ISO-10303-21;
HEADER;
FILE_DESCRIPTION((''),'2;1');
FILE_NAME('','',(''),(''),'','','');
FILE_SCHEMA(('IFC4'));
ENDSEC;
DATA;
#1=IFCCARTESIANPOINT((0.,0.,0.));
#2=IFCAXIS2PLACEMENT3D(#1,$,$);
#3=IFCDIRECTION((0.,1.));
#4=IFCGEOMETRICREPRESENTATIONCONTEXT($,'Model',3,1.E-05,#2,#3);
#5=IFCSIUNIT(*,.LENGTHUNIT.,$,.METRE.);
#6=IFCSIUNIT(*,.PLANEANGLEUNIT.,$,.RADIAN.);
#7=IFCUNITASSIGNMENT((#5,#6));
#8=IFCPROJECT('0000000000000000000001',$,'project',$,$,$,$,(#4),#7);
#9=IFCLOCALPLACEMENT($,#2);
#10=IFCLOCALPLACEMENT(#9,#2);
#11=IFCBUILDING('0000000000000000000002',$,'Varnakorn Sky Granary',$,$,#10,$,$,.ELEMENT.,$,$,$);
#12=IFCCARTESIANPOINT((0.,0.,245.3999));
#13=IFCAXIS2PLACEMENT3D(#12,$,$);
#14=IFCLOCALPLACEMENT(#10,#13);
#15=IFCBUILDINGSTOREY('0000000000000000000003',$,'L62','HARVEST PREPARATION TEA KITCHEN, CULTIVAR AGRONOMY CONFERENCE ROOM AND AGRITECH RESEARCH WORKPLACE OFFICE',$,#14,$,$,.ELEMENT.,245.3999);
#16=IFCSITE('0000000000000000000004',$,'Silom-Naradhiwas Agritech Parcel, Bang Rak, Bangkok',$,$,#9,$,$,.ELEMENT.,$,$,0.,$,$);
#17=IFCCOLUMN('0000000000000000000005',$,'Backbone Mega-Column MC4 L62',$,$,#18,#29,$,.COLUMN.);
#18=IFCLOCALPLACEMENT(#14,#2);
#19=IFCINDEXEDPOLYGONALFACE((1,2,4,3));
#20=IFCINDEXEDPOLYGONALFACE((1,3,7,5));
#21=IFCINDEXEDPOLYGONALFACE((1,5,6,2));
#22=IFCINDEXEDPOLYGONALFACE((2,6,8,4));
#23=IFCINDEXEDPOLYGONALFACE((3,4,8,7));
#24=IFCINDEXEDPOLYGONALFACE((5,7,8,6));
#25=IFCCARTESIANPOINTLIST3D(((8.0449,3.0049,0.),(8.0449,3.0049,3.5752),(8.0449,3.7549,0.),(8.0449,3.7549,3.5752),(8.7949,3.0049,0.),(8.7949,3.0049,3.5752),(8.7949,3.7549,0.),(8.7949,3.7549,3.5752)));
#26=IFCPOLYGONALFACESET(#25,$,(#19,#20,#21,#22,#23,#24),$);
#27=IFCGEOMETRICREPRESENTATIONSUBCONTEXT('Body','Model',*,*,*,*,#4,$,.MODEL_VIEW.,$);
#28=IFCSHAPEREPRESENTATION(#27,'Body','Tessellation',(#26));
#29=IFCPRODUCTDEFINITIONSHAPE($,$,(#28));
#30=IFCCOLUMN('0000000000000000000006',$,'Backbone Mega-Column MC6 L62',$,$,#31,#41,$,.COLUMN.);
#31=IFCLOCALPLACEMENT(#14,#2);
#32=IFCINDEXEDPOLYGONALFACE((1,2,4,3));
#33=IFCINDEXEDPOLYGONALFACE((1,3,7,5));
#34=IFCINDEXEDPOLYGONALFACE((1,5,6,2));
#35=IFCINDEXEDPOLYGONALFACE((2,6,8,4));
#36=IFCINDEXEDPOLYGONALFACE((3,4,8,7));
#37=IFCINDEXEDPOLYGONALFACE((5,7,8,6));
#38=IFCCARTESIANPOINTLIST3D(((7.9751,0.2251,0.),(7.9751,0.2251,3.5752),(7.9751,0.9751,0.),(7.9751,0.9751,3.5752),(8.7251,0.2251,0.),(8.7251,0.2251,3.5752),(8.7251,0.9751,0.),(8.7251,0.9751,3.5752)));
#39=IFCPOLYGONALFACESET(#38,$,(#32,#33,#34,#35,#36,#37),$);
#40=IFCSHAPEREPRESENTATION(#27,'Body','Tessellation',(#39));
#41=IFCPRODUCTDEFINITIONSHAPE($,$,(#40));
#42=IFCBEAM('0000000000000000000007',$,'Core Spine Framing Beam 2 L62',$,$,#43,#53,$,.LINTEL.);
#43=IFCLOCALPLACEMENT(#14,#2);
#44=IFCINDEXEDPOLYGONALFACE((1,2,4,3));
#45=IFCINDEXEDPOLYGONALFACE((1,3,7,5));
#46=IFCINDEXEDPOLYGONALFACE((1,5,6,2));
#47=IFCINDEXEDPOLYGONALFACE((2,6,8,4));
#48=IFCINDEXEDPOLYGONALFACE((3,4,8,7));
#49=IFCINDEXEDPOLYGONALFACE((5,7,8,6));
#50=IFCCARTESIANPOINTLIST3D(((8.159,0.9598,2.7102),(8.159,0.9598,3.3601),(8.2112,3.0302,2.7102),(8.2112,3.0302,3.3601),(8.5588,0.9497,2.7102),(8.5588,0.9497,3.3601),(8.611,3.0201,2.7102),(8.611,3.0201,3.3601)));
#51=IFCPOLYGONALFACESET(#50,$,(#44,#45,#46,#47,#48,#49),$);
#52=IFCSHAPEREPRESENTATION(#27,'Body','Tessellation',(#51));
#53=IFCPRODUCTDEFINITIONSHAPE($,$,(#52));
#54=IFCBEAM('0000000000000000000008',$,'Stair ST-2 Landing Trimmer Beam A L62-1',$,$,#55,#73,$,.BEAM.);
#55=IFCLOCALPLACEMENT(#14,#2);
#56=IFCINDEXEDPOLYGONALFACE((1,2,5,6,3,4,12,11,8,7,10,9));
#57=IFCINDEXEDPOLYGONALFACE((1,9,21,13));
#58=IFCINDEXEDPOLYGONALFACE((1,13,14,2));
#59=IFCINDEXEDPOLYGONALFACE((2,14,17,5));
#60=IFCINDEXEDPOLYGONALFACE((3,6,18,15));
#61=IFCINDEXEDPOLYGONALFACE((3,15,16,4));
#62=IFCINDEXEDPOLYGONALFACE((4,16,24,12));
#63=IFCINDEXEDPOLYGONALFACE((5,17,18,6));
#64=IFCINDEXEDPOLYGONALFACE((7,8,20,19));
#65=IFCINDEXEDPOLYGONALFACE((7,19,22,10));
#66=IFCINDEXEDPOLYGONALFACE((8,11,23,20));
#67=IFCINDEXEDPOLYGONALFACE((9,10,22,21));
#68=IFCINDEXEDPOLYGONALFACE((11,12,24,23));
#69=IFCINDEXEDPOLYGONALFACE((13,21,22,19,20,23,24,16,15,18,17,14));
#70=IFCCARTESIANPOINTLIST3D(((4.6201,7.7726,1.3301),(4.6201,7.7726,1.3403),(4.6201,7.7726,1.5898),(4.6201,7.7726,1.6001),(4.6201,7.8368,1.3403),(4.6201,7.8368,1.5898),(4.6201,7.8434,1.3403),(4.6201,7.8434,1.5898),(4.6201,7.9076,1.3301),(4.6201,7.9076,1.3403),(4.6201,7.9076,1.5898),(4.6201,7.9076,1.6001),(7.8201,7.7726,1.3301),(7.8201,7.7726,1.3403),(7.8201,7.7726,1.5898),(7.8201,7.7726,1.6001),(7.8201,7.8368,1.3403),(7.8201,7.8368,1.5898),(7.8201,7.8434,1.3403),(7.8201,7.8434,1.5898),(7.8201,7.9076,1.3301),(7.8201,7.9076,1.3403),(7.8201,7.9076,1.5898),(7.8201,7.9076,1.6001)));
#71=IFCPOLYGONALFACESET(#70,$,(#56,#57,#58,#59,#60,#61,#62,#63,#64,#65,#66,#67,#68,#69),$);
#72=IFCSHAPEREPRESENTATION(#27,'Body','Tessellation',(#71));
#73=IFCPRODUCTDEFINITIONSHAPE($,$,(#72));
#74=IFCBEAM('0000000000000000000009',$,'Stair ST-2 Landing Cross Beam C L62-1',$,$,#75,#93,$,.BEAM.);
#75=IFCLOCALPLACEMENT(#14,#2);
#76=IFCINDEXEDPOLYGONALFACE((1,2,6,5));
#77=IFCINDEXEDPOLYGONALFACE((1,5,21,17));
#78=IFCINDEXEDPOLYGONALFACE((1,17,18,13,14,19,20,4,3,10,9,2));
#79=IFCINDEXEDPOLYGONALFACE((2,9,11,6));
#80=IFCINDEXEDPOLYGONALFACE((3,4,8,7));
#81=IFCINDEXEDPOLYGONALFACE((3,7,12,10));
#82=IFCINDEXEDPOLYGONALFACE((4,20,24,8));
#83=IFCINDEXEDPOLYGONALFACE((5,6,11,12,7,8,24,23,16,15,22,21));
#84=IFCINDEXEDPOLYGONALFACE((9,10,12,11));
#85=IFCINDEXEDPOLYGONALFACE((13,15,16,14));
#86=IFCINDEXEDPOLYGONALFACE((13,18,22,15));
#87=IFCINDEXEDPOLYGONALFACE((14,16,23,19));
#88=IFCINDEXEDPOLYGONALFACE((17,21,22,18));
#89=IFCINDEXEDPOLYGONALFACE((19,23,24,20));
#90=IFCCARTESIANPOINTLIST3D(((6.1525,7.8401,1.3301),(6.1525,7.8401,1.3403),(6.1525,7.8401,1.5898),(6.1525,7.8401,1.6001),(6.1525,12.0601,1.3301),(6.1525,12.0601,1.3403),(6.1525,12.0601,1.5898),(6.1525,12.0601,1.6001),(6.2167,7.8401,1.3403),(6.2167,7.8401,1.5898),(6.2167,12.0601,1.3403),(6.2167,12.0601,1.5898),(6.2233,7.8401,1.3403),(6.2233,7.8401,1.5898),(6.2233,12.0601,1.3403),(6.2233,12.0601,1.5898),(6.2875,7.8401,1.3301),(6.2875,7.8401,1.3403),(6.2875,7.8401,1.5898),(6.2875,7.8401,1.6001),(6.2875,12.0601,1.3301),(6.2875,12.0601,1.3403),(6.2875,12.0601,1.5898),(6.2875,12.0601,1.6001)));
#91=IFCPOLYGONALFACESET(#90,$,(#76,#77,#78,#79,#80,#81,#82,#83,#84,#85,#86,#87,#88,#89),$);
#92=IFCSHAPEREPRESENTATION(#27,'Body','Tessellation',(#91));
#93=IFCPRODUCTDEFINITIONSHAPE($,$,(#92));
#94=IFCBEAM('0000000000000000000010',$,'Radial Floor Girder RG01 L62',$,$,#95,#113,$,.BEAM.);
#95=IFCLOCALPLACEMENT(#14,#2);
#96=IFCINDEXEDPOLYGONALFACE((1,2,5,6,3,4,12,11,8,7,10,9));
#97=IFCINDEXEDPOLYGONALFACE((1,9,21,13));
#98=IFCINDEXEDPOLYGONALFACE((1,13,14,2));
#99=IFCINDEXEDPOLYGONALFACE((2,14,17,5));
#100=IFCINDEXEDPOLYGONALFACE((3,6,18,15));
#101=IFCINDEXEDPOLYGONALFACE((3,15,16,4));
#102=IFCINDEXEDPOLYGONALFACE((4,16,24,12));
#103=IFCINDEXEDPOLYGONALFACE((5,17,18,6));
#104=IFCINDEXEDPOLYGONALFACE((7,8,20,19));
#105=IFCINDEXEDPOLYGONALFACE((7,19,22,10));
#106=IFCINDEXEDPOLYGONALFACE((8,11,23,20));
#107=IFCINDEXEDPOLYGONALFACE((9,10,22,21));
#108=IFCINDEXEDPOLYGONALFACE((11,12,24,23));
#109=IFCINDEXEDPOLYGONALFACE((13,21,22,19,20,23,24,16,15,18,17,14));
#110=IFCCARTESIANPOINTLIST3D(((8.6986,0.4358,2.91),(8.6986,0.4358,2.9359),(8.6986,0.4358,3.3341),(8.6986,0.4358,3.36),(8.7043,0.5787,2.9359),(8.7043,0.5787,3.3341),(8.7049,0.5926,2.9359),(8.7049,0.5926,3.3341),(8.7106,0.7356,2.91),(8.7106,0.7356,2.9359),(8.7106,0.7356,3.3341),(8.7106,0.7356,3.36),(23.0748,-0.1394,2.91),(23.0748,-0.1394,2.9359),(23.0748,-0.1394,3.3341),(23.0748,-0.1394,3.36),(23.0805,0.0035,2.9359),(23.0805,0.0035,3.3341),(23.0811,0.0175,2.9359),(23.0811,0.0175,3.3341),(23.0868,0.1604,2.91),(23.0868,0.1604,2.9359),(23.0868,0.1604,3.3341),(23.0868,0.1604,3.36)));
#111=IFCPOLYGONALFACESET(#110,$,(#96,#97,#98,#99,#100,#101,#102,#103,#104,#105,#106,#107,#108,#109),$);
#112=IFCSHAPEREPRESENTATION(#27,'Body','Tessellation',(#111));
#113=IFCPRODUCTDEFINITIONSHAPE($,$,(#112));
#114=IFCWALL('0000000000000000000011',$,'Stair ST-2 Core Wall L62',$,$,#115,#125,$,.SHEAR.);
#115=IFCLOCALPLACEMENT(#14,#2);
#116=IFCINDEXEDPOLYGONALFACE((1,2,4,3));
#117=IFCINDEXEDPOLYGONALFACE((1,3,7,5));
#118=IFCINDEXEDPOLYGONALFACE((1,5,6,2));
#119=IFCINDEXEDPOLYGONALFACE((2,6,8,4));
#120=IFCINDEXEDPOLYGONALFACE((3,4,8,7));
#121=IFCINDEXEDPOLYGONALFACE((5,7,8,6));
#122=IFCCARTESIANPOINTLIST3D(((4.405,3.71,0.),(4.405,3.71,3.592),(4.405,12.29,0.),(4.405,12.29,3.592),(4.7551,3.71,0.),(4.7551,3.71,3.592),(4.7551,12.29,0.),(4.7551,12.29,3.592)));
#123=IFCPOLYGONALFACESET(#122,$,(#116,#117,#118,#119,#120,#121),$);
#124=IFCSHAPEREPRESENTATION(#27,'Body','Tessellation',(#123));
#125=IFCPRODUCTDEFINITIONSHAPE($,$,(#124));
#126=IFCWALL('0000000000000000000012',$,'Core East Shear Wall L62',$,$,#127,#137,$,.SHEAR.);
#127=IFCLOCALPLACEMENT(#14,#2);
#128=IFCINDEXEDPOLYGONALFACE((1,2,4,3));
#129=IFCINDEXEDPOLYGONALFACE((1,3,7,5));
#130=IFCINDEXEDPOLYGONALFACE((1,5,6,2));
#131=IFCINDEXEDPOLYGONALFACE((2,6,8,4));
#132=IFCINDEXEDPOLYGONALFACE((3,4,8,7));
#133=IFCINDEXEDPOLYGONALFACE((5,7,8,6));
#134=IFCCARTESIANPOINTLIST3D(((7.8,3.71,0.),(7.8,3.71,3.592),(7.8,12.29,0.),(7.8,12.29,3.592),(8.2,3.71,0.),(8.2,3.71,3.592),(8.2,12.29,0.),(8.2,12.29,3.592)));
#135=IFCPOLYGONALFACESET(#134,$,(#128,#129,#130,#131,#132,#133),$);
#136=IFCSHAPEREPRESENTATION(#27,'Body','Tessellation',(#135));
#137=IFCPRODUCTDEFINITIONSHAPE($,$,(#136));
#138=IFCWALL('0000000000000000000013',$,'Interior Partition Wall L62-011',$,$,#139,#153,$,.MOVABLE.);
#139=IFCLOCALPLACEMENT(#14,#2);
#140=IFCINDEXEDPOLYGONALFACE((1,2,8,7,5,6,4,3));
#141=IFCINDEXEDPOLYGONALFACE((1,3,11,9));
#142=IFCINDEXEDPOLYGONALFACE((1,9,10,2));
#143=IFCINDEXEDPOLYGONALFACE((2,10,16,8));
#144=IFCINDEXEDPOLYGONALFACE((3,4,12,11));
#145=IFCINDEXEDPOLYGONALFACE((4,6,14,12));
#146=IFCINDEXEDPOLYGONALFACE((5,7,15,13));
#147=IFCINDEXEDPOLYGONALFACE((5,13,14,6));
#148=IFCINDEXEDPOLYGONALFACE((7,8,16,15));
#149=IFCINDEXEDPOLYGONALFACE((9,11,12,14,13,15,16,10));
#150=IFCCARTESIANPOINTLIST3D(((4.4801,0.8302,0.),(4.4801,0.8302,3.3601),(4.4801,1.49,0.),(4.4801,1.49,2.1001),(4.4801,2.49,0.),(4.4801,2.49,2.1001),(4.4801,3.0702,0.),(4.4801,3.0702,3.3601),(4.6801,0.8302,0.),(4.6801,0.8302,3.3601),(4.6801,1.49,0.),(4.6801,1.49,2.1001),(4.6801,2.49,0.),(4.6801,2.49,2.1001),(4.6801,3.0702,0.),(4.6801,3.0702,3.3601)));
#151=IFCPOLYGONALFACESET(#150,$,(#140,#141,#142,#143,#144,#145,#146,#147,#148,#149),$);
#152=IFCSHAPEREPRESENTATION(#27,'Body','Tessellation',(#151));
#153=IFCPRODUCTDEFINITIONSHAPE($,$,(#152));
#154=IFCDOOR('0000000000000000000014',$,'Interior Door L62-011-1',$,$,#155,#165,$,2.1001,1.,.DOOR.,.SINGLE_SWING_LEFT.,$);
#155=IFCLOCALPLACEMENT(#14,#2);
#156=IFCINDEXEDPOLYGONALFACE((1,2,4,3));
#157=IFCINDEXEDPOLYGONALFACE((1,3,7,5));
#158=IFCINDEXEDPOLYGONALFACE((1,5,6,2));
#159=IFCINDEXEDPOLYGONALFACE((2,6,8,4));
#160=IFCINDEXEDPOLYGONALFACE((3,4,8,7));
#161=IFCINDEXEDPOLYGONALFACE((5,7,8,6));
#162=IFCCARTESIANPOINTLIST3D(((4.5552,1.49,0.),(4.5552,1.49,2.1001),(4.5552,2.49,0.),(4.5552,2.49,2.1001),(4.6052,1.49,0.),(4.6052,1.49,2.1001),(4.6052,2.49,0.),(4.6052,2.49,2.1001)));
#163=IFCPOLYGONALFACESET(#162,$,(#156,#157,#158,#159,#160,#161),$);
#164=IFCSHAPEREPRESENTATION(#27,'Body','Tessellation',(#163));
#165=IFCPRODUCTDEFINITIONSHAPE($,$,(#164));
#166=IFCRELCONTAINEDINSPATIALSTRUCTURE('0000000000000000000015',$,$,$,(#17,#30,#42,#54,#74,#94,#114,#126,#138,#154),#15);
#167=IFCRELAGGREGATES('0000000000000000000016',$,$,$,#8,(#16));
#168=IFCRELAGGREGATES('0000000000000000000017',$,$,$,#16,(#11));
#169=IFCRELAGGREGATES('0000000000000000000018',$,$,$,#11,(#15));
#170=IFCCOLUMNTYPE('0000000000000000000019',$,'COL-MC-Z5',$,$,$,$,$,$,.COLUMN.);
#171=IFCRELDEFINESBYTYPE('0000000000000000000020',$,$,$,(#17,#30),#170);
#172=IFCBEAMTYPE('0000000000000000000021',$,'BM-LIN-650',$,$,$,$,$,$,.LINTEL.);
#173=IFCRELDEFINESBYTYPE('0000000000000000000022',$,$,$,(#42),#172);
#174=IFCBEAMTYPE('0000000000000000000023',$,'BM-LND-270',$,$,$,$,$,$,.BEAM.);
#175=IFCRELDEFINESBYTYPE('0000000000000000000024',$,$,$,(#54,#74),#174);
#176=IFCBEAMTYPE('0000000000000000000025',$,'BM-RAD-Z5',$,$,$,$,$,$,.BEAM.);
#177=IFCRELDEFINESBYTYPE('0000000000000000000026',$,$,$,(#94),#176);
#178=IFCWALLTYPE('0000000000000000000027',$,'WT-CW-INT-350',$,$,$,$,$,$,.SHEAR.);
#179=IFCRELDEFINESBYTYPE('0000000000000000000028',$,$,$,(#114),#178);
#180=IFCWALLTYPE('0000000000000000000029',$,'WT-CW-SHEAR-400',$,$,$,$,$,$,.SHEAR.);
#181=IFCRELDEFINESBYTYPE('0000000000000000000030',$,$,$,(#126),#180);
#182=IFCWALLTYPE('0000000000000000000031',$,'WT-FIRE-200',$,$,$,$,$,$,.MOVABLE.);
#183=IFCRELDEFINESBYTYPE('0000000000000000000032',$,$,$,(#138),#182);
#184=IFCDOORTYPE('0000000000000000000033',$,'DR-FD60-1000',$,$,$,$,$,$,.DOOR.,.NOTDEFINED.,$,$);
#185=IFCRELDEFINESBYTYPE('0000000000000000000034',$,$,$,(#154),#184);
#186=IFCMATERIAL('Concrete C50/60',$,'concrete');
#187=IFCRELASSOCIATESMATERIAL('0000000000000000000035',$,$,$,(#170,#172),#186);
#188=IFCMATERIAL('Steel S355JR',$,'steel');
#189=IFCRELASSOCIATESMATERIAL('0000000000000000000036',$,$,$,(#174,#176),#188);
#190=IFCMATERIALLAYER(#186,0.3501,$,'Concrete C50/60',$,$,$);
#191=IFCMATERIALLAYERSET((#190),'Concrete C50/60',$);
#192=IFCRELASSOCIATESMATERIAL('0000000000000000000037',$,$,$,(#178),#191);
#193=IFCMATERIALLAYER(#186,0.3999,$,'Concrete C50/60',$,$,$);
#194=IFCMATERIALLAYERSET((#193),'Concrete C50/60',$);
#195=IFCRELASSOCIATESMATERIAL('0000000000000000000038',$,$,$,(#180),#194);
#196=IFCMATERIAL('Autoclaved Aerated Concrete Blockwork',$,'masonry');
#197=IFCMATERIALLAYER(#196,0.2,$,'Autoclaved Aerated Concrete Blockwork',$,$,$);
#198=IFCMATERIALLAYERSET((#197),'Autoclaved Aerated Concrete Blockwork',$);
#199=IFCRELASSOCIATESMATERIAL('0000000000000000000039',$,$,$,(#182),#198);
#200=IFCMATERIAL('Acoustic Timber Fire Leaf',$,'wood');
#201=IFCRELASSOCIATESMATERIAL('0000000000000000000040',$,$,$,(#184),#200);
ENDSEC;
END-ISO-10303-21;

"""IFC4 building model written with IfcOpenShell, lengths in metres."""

from ifc_helpers import new_model, si_unit, direction, frame, frame_2d, origin, origin_2d, place, context, subcontext, project, spatial, rectangle, i_section, extrude, material, layer, layer_set, material_profile, profile_set, type_object, element, fill, save


model = new_model("IFC4")

# Units and contexts
model_context = context("Model", 3, precision=1e-05, world=origin(), true_north=direction((0.0, 1.0)))
body_context = subcontext(model_context, "Body", "Model", "MODEL_VIEW")
ifc_project = project(units=[si_unit("LENGTHUNIT", "METRE"), si_unit("PLANEANGLEUNIT", "RADIAN")], contexts=[model_context])

# Site, building, storey
site_placement = place(None, origin())
site = spatial("IfcSite", under=ifc_project, at=site_placement, Name="Silom-Naradhiwas Agritech Parcel, Bang Rak, Bangkok", CompositionType="ELEMENT", RefElevation=0.0)
building_placement = place(site_placement, origin())
building = spatial("IfcBuilding", under=site, at=building_placement, Name="Varnakorn Sky Granary", CompositionType="ELEMENT")
storey_placement = place(building_placement, frame((0.0, 0.0, 245.3999)))
storey = spatial("IfcBuildingStorey", under=building, at=storey_placement, Name="L62", Description="HARVEST PREPARATION TEA KITCHEN, CULTIVAR AGRONOMY CONFERENCE ROOM AND AGRITECH RESEARCH WORKPLACE OFFICE", CompositionType="ELEMENT", Elevation=245.3999)

# Columns
ifc_material_1 = material(Name="Concrete C50/60", Category="concrete")
ifc_material_profile_1 = material_profile(ifc_material_1, rectangle(XDim=0.75, YDim=0.75, at=origin_2d()), Name="RC 750x750")
ifc_profile_set_1 = profile_set([ifc_material_profile_1], Name="Concrete C50/60")
column_type = type_object("IfcColumnType", Name="COL-MC-Z5", PredefinedType="COLUMN", material=ifc_profile_set_1)
for number, where, z_axis, x_axis, name in (
    (1, (8.4199, 3.3799, 0.0), (0.0, 0.0, 1.0), (1.0, 0.0, 0.0), "Backbone Mega-Column MC4 L62"),
    (2, (8.3501, 0.6001, 0.0), (0.0, 0.0, 1.0), (1.0, 0.0, 0.0), "Backbone Mega-Column MC6 L62"),
):
    element("IfcColumn", number, at=place(storey_placement, frame(where, z_axis=z_axis, x_axis=x_axis)), inside=storey, type_object=column_type, Name=name, PredefinedType="COLUMN", context=body_context, shape_type="SweptSolid", body=[
        extrude(rectangle(XDim=0.75, YDim=0.75, at=origin_2d()), origin(), (0.0, 0.0, 1.0), 3.5752),
    ])

# Beams
ifc_material_profile_2 = material_profile(ifc_material_1, rectangle(XDim=0.3999, YDim=0.6499, at=origin_2d()), Name="RC 400x650")
ifc_profile_set_2 = profile_set([ifc_material_profile_2], Name="Concrete C50/60")
beam_type_1 = type_object("IfcBeamType", Name="BM-LIN-650", PredefinedType="LINTEL", material=ifc_profile_set_2)
beam_1_placement = place(storey_placement, frame((8.4111, 3.0251, 3.0352), z_axis=(-0.025228, -0.999682, 0.0), x_axis=(0.999682, -0.025228, 0.0)))
element("IfcBeam", 3, at=beam_1_placement, inside=storey, type_object=beam_type_1, Name="Core Spine Framing Beam 2 L62", PredefinedType="LINTEL", context=body_context, shape_type="SweptSolid", body=[
    extrude(rectangle(XDim=0.3999, YDim=0.6499, at=origin_2d()), origin(), (0.0, 0.0, 1.0), 2.071),
])
ifc_material_2 = material(Name="Steel S355JR", Category="steel")
ifc_material_profile_3 = material_profile(ifc_material_2, i_section(OverallWidth=0.135, OverallDepth=0.27, WebThickness=0.0066, FlangeThickness=0.0103, at=origin_2d()), Name="IPE 270")
ifc_profile_set_3 = profile_set([ifc_material_profile_3], Name="Steel S355JR")
beam_type_2 = type_object("IfcBeamType", Name="BM-LND-270", PredefinedType="BEAM", material=ifc_profile_set_3)
beam_2_placement = place(storey_placement, frame((4.6201, 7.8401, 1.4651), z_axis=(1.0, 0.0, 0.0), x_axis=(0.0, 1.0, 0.0)))
element("IfcBeam", 4, at=beam_2_placement, inside=storey, type_object=beam_type_2, Name="Stair ST-2 Landing Trimmer Beam A L62-1", PredefinedType="BEAM", context=body_context, shape_type="SweptSolid", body=[
    extrude(i_section(OverallWidth=0.135, OverallDepth=0.27, WebThickness=0.0066, FlangeThickness=0.0103, at=origin_2d()), origin(), (0.0, 0.0, 1.0), 3.2),
])
beam_3_placement = place(storey_placement, frame((6.22, 7.8401, 1.4651), z_axis=(0.0, 1.0, 0.0), x_axis=(-1.0, 0.0, 0.0)))
element("IfcBeam", 5, at=beam_3_placement, inside=storey, type_object=beam_type_2, Name="Stair ST-2 Landing Cross Beam C L62-1", PredefinedType="BEAM", context=body_context, shape_type="SweptSolid", body=[
    extrude(i_section(OverallWidth=0.135, OverallDepth=0.27, WebThickness=0.0066, FlangeThickness=0.0103, at=origin_2d()), origin(), (0.0, 0.0, 1.0), 4.22),
])
ifc_material_profile_4 = material_profile(ifc_material_2, i_section(OverallWidth=0.3, OverallDepth=0.45, WebThickness=0.0139, FlangeThickness=0.0259, at=origin_2d()), Name="HE 450 B")
ifc_profile_set_4 = profile_set([ifc_material_profile_4], Name="Steel S355JR")
beam_type_3 = type_object("IfcBeamType", Name="BM-RAD-Z5", PredefinedType="BEAM", material=ifc_profile_set_4)
beam_4_placement = place(storey_placement, frame((8.7046, 0.5857, 3.135), z_axis=(0.999201, -0.039978, 0.0), x_axis=(0.039978, 0.999201, 0.0)))
element("IfcBeam", 6, at=beam_4_placement, inside=storey, type_object=beam_type_3, Name="Radial Floor Girder RG01 L62", PredefinedType="BEAM", context=body_context, shape_type="SweptSolid", body=[
    extrude(i_section(OverallWidth=0.3, OverallDepth=0.45, WebThickness=0.0139, FlangeThickness=0.0259, at=origin_2d()), origin(), (0.0, 0.0, 1.0), 14.3877),
])

# Walls
ifc_layer_1 = layer(ifc_material_1, 0.3501, Name="Concrete C50/60")
ifc_layer_set_1 = layer_set([ifc_layer_1], Name="Concrete C50/60")
wall_type_1 = type_object("IfcWallType", Name="WT-CW-INT-350", PredefinedType="SHEAR", material=ifc_layer_set_1)
wall_1_placement = place(storey_placement, frame((4.5801, 3.71, 0.0), z_axis=(0.0, 0.0, 1.0), x_axis=(0.0, 1.0, 0.0)))
element("IfcWall", 7, at=wall_1_placement, inside=storey, type_object=wall_type_1, Name="Stair ST-2 Core Wall L62", PredefinedType="SHEAR", context=body_context, shape_type="SweptSolid", body=[
    extrude(rectangle(XDim=8.5801, YDim=0.3501, at=frame_2d((4.29, 0.0))), origin(), (0.0, 0.0, 1.0), 3.592),
])
ifc_layer_2 = layer(ifc_material_1, 0.3999, Name="Concrete C50/60")
ifc_layer_set_2 = layer_set([ifc_layer_2], Name="Concrete C50/60")
wall_type_2 = type_object("IfcWallType", Name="WT-CW-SHEAR-400", PredefinedType="SHEAR", material=ifc_layer_set_2)
wall_2_placement = place(storey_placement, frame((8.0, 3.71, 0.0), z_axis=(0.0, 0.0, 1.0), x_axis=(0.0, 1.0, 0.0)))
element("IfcWall", 8, at=wall_2_placement, inside=storey, type_object=wall_type_2, Name="Core East Shear Wall L62", PredefinedType="SHEAR", context=body_context, shape_type="SweptSolid", body=[
    extrude(rectangle(XDim=8.5801, YDim=0.3999, at=frame_2d((4.29, 0.0))), origin(), (0.0, 0.0, 1.0), 3.592),
])

# Wall, opening, door
ifc_material_3 = material(Name="Autoclaved Aerated Concrete Blockwork", Category="masonry")
ifc_layer_3 = layer(ifc_material_3, 0.2, Name="Autoclaved Aerated Concrete Blockwork")
ifc_layer_set_3 = layer_set([ifc_layer_3], Name="Autoclaved Aerated Concrete Blockwork")
wall_type_3 = type_object("IfcWallType", Name="WT-FIRE-200", PredefinedType="MOVABLE", material=ifc_layer_set_3)
wall_3_placement = place(storey_placement, frame((4.5801, 0.8301, 0.0), z_axis=(0.0, 0.0, 1.0), x_axis=(0.0, 1.0, 0.0)))
wall_3 = element("IfcWall", 9, at=wall_3_placement, inside=storey, type_object=wall_type_3, Name="Interior Partition Wall L62-011", PredefinedType="MOVABLE", context=body_context, shape_type="SweptSolid", body=[
    extrude(rectangle(XDim=2.24, YDim=0.2, at=frame_2d((1.1201, 0.0))), origin(), (0.0, 0.0, 1.0), 3.3601),
])
opening_1_placement = place(wall_3_placement, frame((0.6599, 0.0, 0.0)))
opening_1 = element("IfcOpeningElement", 10, at=opening_1_placement, cuts=wall_3, PredefinedType="OPENING", context=body_context, shape_type="SweptSolid", body=[
    extrude(rectangle(XDim=1.0, YDim=2.1001, at=frame_2d((0.5, 1.05))), frame((0.0, 0.1099, 0.0), z_axis=(0.0, -1.0, 0.0), x_axis=(1.0, 0.0, 0.0)), (0.0, 0.0, 1.0), 0.22),
])
ifc_material_4 = material(Name="Acoustic Timber Fire Leaf", Category="wood")
door_type_1 = type_object("IfcDoorType", Name="DR-FD60-1000", OperationType="NOTDEFINED", PredefinedType="DOOR", material=ifc_material_4)
door_1_placement = place(opening_1_placement, origin())
door_1 = element("IfcDoor", 11, at=door_1_placement, inside=storey, type_object=door_type_1, Name="Interior Door L62-011-1", OperationType="SINGLE_SWING_LEFT", OverallHeight=2.1001, OverallWidth=1.0, PredefinedType="DOOR", context=body_context, shape_type="SweptSolid", body=[
    extrude(rectangle(XDim=1.0, YDim=2.1001, at=frame_2d((0.5, 1.05))), frame((0.0, 0.0249, 0.0), z_axis=(0.0, -1.0, 0.0), x_axis=(1.0, 0.0, 0.0)), (0.0, 0.0, 1.0), 0.05),
])
fill(opening_1, door_1)

save(model, "model.ifc")
